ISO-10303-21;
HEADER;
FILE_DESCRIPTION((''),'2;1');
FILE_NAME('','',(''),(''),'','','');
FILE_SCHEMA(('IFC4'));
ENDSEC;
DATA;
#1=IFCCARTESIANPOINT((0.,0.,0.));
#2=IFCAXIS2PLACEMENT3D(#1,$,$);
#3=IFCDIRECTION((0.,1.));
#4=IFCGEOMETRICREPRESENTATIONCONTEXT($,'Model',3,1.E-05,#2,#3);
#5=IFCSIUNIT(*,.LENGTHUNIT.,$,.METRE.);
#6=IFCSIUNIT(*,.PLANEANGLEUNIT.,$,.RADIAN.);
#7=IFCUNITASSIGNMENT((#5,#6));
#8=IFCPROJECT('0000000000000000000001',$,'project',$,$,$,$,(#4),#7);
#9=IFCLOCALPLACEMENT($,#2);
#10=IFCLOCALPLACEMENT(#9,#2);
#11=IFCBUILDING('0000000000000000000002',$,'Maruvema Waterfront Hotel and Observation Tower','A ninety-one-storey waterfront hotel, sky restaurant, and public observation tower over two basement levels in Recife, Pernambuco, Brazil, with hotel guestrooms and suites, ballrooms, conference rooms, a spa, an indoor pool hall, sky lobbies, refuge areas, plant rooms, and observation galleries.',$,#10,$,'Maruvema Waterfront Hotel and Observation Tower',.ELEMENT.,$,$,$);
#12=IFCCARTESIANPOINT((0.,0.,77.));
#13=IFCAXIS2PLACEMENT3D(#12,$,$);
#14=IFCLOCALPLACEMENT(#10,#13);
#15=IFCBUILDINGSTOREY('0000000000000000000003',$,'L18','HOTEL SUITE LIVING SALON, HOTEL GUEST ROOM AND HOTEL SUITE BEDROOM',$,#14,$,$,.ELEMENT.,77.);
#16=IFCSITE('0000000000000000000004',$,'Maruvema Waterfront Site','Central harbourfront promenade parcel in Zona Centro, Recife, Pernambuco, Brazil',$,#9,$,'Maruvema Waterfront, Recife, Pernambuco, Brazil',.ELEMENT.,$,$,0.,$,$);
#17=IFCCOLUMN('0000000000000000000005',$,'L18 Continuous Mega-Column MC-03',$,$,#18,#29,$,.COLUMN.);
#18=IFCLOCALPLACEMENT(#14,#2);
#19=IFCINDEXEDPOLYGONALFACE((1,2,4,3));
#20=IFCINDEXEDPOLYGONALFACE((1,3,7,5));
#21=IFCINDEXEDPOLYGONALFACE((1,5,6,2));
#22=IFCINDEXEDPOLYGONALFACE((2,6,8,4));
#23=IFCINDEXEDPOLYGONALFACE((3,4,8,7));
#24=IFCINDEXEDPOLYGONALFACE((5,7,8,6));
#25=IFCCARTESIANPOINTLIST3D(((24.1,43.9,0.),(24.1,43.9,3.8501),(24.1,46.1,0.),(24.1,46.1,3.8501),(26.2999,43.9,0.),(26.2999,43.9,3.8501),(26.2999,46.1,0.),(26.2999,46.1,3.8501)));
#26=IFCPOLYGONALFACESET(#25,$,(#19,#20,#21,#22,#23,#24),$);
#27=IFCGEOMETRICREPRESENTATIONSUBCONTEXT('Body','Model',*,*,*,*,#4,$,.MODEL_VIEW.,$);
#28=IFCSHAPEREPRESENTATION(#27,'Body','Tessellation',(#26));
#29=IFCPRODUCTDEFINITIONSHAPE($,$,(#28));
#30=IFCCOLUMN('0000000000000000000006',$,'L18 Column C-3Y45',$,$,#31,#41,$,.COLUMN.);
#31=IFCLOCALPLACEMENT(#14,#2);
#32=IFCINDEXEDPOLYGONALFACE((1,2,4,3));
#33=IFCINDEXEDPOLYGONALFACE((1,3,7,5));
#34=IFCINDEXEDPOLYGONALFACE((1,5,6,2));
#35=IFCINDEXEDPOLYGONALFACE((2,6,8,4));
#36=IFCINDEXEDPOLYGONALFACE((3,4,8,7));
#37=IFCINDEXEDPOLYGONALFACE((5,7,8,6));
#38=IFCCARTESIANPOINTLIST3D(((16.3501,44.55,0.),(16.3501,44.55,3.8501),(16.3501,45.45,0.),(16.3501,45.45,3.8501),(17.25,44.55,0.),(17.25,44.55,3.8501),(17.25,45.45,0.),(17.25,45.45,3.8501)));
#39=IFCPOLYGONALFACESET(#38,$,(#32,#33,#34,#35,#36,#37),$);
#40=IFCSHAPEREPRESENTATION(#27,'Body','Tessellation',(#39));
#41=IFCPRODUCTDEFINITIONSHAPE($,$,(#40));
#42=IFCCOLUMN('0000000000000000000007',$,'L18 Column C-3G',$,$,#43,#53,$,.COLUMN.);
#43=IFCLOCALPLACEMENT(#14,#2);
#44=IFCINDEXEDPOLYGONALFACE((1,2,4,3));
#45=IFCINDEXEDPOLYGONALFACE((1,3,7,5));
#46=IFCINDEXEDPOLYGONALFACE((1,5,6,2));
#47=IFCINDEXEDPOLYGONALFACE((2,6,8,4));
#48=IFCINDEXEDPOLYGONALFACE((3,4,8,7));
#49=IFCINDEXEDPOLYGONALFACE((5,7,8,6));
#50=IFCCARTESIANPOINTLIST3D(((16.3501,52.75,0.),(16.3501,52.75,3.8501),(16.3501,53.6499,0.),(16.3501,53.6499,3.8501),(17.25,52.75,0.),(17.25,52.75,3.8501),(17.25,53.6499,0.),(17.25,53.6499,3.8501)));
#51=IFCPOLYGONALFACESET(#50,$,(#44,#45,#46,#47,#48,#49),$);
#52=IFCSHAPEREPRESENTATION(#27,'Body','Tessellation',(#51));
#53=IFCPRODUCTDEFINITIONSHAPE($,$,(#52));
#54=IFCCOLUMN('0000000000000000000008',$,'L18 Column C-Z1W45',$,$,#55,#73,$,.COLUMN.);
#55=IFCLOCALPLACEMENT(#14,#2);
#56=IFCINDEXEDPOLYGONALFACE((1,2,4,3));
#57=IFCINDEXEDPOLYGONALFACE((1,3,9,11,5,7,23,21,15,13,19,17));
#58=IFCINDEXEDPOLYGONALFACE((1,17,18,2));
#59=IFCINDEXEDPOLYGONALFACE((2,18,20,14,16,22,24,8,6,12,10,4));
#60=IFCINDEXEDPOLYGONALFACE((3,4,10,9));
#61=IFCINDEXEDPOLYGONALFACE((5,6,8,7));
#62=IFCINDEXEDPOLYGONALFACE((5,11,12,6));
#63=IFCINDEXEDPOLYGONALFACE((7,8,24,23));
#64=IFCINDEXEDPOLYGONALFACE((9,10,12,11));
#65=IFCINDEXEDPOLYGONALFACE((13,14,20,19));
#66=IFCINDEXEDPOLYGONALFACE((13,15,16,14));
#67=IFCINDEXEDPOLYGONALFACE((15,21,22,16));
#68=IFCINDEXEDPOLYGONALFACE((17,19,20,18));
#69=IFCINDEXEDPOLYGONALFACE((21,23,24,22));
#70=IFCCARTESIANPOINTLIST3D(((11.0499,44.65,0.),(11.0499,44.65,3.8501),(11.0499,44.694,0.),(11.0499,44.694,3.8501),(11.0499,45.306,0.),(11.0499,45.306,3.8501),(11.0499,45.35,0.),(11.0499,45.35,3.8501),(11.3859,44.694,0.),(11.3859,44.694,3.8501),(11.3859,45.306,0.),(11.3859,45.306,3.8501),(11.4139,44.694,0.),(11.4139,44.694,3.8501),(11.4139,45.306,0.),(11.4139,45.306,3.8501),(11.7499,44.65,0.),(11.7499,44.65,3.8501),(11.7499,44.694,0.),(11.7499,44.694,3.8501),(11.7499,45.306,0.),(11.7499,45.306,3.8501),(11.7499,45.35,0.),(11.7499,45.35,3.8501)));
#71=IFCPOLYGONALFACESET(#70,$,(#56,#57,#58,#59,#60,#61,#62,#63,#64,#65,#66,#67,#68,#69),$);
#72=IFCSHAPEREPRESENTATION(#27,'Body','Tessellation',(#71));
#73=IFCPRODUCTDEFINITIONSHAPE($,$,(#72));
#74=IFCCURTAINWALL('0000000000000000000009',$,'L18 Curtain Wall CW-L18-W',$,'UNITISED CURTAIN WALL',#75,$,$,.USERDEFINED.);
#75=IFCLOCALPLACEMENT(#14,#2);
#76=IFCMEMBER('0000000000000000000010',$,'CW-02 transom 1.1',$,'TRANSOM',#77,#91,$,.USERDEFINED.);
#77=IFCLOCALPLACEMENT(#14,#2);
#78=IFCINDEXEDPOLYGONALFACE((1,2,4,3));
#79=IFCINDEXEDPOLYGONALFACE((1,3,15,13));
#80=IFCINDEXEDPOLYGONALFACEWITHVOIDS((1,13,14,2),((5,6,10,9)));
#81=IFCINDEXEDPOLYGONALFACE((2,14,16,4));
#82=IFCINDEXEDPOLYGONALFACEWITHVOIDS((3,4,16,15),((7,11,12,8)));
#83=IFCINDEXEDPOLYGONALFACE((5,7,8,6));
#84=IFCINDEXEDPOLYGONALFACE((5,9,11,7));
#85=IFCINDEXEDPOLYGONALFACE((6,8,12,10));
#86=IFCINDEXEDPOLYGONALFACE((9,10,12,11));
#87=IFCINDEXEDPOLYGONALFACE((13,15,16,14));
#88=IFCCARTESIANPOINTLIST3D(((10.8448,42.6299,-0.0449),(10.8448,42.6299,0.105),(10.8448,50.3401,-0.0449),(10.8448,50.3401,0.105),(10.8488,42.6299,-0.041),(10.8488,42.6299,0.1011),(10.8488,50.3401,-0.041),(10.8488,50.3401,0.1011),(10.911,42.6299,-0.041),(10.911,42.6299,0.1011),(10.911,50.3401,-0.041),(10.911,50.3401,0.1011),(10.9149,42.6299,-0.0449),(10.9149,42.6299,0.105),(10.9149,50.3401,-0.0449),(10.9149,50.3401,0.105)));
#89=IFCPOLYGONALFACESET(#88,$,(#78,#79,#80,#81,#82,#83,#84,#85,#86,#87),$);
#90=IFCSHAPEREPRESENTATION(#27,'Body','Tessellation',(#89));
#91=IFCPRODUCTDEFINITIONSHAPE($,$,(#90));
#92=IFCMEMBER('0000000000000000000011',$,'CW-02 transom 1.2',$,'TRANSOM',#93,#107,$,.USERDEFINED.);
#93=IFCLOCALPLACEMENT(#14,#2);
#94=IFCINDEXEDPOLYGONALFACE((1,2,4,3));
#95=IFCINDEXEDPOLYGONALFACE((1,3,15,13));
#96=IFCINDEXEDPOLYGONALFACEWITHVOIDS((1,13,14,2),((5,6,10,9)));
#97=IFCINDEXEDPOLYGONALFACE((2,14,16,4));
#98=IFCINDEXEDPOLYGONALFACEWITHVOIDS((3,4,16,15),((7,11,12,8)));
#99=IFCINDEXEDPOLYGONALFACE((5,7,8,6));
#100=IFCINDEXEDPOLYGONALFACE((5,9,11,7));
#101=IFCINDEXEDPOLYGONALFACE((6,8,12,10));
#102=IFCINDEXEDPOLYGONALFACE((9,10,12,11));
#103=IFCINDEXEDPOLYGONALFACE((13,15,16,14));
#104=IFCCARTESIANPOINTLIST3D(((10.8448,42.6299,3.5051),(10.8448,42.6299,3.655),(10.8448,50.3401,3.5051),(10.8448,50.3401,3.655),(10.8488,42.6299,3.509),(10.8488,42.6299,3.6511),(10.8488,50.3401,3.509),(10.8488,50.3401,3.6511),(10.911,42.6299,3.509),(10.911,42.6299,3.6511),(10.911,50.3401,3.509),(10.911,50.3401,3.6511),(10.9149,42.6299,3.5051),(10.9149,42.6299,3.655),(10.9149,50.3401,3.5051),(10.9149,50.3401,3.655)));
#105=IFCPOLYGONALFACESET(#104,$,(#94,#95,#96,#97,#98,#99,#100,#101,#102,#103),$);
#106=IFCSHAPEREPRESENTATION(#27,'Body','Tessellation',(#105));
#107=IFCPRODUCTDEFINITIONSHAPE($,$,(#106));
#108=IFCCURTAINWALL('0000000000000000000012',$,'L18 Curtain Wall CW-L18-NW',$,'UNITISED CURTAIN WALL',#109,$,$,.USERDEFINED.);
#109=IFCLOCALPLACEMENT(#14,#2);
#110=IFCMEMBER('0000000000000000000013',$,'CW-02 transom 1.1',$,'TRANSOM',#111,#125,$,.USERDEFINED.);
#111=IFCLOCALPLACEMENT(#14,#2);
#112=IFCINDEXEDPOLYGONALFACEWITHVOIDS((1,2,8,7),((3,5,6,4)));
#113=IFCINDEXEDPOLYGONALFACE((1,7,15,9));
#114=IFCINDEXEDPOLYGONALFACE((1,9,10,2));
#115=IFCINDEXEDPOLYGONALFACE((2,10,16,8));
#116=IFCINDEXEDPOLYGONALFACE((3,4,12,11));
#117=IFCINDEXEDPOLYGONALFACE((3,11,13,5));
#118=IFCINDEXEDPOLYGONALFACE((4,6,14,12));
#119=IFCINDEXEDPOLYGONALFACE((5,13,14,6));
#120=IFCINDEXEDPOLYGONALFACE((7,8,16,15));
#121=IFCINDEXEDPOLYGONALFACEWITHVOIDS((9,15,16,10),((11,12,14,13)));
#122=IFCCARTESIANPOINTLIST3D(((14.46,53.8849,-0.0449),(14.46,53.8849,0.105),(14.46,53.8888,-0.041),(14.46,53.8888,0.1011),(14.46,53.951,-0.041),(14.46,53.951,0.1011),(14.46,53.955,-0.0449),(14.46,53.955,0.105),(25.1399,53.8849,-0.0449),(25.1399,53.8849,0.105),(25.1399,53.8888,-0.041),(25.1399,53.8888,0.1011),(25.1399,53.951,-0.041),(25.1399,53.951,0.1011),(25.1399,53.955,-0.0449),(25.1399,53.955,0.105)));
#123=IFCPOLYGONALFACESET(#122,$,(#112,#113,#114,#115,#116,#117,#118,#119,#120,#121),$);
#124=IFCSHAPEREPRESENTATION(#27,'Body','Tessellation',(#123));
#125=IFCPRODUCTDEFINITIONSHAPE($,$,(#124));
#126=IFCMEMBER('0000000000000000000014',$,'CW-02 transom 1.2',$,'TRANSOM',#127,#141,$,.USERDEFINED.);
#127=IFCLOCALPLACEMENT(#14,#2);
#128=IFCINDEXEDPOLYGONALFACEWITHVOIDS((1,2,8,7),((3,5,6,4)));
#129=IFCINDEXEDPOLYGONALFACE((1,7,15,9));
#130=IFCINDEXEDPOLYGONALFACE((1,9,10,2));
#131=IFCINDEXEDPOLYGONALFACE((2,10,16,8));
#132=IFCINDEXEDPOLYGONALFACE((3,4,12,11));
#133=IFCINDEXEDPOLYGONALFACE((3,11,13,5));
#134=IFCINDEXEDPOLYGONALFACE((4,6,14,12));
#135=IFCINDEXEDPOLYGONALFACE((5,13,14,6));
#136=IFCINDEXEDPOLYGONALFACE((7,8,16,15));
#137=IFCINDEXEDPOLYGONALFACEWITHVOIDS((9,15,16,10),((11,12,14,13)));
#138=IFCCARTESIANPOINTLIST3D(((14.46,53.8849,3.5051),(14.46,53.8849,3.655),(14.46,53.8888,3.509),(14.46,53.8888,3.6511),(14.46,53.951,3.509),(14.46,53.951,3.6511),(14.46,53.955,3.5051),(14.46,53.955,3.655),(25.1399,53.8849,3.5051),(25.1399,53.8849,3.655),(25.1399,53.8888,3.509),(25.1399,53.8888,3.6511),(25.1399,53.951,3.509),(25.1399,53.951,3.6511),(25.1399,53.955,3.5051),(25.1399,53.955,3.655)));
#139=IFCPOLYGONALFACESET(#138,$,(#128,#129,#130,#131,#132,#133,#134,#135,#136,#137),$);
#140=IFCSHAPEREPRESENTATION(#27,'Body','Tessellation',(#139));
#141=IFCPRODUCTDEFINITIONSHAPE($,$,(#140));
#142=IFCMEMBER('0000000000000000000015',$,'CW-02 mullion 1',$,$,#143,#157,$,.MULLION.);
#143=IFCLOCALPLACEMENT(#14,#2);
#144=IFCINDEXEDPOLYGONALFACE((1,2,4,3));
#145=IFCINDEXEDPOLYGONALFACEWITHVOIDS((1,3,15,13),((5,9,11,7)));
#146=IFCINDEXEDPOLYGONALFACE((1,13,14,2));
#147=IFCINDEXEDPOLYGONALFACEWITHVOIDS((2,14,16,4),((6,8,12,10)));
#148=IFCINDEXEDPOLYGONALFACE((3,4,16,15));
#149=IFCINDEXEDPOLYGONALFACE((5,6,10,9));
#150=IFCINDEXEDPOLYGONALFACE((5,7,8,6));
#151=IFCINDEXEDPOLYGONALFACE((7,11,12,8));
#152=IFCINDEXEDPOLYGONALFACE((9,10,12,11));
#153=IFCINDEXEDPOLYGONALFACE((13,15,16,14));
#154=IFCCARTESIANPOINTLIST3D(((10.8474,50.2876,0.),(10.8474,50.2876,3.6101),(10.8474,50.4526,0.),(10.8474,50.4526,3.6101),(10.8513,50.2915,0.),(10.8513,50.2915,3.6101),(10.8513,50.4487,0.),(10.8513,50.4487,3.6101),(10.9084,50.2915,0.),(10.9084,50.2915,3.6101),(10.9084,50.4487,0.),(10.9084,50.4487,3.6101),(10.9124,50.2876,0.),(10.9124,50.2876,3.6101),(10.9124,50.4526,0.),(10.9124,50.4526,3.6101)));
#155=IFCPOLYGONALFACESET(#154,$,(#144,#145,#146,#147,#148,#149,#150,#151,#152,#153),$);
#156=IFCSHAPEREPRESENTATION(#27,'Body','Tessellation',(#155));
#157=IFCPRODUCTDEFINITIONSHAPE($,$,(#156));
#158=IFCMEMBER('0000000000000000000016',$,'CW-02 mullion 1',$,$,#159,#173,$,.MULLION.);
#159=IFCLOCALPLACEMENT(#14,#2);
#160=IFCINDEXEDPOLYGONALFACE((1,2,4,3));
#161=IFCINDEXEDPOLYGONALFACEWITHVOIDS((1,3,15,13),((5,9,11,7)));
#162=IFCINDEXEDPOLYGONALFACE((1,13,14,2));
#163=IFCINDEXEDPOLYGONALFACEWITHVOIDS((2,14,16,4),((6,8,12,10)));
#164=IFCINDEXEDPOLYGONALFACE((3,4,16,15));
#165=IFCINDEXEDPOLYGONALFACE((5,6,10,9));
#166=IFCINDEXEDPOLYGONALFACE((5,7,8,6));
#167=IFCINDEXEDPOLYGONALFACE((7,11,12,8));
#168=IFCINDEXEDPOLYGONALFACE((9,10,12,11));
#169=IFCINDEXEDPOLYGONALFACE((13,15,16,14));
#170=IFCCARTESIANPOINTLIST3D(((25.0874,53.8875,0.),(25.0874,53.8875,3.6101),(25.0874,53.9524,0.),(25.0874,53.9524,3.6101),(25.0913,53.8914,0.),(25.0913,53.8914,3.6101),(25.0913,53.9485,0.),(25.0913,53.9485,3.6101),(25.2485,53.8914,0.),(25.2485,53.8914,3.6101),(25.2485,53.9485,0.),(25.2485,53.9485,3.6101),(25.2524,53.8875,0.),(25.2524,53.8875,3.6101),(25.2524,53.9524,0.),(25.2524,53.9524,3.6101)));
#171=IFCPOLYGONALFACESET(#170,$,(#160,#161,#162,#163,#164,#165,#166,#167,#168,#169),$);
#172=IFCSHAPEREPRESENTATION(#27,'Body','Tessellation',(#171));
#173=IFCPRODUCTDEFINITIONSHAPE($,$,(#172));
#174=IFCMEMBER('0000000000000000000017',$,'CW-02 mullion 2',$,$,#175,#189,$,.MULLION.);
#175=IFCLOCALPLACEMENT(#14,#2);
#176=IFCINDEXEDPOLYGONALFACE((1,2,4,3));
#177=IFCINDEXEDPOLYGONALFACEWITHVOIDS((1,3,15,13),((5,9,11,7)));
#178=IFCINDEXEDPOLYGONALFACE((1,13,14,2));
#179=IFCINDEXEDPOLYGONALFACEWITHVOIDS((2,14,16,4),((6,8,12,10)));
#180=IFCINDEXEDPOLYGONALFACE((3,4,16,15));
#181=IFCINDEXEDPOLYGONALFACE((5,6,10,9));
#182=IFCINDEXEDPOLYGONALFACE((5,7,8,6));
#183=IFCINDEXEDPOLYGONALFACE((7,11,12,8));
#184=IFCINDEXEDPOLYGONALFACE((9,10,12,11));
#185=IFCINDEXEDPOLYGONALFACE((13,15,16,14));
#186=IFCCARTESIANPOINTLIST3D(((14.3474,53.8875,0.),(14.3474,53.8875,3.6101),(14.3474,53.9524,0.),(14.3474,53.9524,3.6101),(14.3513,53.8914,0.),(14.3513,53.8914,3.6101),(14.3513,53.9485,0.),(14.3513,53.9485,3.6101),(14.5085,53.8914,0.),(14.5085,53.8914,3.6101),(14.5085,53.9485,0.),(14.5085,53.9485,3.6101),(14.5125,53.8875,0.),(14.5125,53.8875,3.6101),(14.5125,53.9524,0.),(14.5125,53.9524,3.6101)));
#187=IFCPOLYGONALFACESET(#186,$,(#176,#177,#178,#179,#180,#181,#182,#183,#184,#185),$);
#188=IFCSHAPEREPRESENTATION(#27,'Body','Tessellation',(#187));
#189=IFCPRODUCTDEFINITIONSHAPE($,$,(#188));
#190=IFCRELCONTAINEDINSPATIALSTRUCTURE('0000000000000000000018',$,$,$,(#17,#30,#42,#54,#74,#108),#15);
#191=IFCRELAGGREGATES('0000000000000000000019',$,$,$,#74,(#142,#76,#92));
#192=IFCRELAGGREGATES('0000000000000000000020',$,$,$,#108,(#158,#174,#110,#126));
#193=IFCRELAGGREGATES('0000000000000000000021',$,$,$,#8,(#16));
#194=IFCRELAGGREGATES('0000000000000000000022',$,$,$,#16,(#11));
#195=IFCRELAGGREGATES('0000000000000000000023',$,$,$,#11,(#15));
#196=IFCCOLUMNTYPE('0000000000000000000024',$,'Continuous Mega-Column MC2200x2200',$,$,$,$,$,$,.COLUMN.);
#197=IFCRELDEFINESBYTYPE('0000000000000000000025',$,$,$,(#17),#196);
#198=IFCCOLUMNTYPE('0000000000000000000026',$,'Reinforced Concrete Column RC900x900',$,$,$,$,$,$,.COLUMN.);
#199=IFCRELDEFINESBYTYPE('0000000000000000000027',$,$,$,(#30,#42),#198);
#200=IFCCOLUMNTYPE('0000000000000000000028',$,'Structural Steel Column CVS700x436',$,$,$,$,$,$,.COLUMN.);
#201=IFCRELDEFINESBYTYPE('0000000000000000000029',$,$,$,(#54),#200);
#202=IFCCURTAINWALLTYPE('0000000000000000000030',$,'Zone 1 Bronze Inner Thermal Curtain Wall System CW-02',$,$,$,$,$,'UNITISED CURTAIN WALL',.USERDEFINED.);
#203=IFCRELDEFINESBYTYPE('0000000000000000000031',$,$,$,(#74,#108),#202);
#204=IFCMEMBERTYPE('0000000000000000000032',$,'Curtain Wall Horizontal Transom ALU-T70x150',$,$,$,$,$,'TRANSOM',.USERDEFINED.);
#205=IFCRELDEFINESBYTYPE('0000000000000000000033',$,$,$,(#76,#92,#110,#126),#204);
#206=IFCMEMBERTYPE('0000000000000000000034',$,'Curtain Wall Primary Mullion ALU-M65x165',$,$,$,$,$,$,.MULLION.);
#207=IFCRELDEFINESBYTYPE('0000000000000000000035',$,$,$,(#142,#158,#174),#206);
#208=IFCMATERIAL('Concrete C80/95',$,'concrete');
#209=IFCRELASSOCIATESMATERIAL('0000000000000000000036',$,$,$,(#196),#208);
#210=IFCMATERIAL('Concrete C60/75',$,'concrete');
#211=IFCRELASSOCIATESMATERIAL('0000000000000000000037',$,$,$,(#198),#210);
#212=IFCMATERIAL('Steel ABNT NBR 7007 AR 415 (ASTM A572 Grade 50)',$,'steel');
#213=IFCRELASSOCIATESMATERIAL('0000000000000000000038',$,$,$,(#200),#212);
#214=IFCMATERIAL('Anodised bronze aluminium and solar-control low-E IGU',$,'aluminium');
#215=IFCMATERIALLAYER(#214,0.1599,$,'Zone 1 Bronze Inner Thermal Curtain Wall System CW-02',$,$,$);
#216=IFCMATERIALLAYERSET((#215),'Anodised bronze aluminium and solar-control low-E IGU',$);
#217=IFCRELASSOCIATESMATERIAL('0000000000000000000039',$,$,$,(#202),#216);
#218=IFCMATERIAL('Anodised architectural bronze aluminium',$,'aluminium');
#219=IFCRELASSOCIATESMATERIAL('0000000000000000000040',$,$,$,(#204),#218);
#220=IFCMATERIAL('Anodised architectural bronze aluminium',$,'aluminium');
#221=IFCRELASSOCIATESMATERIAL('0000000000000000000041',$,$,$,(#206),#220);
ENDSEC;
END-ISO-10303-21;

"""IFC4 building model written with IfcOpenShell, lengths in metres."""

from ifc_helpers import new_model, si_unit, direction, frame, origin, origin_2d, place, context, subcontext, project, spatial, rectangle, hollow_rectangle, i_section, extrude, material, layer, layer_set, material_profile, profile_set, type_object, element, aggregate, save


model = new_model("IFC4")

# Units and contexts
model_context = context("Model", 3, precision=1e-05, world=origin(), true_north=direction((0.0, 1.0)))
body_context = subcontext(model_context, "Body", "Model", "MODEL_VIEW")
ifc_project = project(units=[si_unit("LENGTHUNIT", "METRE"), si_unit("PLANEANGLEUNIT", "RADIAN")], contexts=[model_context])

# Site, building, storey
site_placement = place(None, origin())
site = spatial("IfcSite", under=ifc_project, at=site_placement, Name="Maruvema Waterfront Site", Description="Central harbourfront promenade parcel in Zona Centro, Recife, Pernambuco, Brazil", LongName="Maruvema Waterfront, Recife, Pernambuco, Brazil", CompositionType="ELEMENT", RefElevation=0.0)
building_placement = place(site_placement, origin())
building = spatial("IfcBuilding", under=site, at=building_placement, Name="Maruvema Waterfront Hotel and Observation Tower", Description="A ninety-one-storey waterfront hotel, sky restaurant, and public observation tower over two basement levels in Recife, Pernambuco, Brazil, with hotel guestrooms and suites, ballrooms, conference rooms, a spa, an indoor pool hall, sky lobbies, refuge areas, plant rooms, and observation galleries.", LongName="Maruvema Waterfront Hotel and Observation Tower", CompositionType="ELEMENT")
storey_placement = place(building_placement, frame((0.0, 0.0, 77.0)))
storey = spatial("IfcBuildingStorey", under=building, at=storey_placement, Name="L18", Description="HOTEL SUITE LIVING SALON, HOTEL GUEST ROOM AND HOTEL SUITE BEDROOM", CompositionType="ELEMENT", Elevation=77.0)

# Columns
ifc_material_1 = material(Name="Concrete C80/95", Category="concrete")
ifc_material_profile_1 = material_profile(ifc_material_1, rectangle(XDim=2.2, YDim=2.2, at=origin_2d()), Name="MC2200x2200")
ifc_profile_set_1 = profile_set([ifc_material_profile_1], Name="Concrete C80/95")
column_type_1 = type_object("IfcColumnType", Name="Continuous Mega-Column MC2200x2200", PredefinedType="COLUMN", material=ifc_profile_set_1)
column_1_placement = place(storey_placement, frame((25.2, 45.0, 0.0), z_axis=(0.0, 0.0, 1.0), x_axis=(1.0, 0.0, 0.0)))
element("IfcColumn", 1, at=column_1_placement, inside=storey, type_object=column_type_1, Name="L18 Continuous Mega-Column MC-03", PredefinedType="COLUMN", context=body_context, shape_type="SweptSolid", body=[
    extrude(rectangle(XDim=2.2, YDim=2.2, at=origin_2d()), origin(), (0.0, 0.0, 1.0), 3.8501),
])
ifc_material_2 = material(Name="Concrete C60/75", Category="concrete")
ifc_material_profile_2 = material_profile(ifc_material_2, rectangle(XDim=0.8999, YDim=0.8999, at=origin_2d()), Name="RC900x900")
ifc_profile_set_2 = profile_set([ifc_material_profile_2], Name="Concrete C60/75")
column_type_2 = type_object("IfcColumnType", Name="Reinforced Concrete Column RC900x900", PredefinedType="COLUMN", material=ifc_profile_set_2)
for number, where, z_axis, x_axis, name in (
    (2, (16.8, 45.0, 0.0), (0.0, 0.0, 1.0), (1.0, 0.0, 0.0), "L18 Column C-3Y45"),
    (3, (16.8, 53.2, 0.0), (0.0, 0.0, 1.0), (1.0, 0.0, 0.0), "L18 Column C-3G"),
):
    element("IfcColumn", number, at=place(storey_placement, frame(where, z_axis=z_axis, x_axis=x_axis)), inside=storey, type_object=column_type_2, Name=name, PredefinedType="COLUMN", context=body_context, shape_type="SweptSolid", body=[
        extrude(rectangle(XDim=0.8999, YDim=0.8999, at=origin_2d()), origin(), (0.0, 0.0, 1.0), 3.8501),
    ])
ifc_material_3 = material(Name="Steel ABNT NBR 7007 AR 415 (ASTM A572 Grade 50)", Category="steel")
ifc_material_profile_3 = material_profile(ifc_material_3, i_section(OverallWidth=0.7, OverallDepth=0.7, WebThickness=0.0281, FlangeThickness=0.0439, at=origin_2d()), Name="CVS700x436")
ifc_profile_set_3 = profile_set([ifc_material_profile_3], Name="Steel ABNT NBR 7007 AR 415 (ASTM A572 Grade 50)")
column_type_3 = type_object("IfcColumnType", Name="Structural Steel Column CVS700x436", PredefinedType="COLUMN", material=ifc_profile_set_3)
column_2_placement = place(storey_placement, frame((11.3999, 45.0, 0.0), z_axis=(0.0, 0.0, 1.0), x_axis=(1.0, 0.0, 0.0)))
element("IfcColumn", 4, at=column_2_placement, inside=storey, type_object=column_type_3, Name="L18 Column C-Z1W45", PredefinedType="COLUMN", context=body_context, shape_type="SweptSolid", body=[
    extrude(i_section(OverallWidth=0.7, OverallDepth=0.7, WebThickness=0.0281, FlangeThickness=0.0439, at=origin_2d()), origin(), (0.0, 0.0, 1.0), 3.8501),
])

# Curtain walls, members
ifc_material_4 = material(Name="Anodised bronze aluminium and solar-control low-E IGU", Category="aluminium")
ifc_layer_1 = layer(ifc_material_4, 0.1599, Name="Zone 1 Bronze Inner Thermal Curtain Wall System CW-02")
ifc_layer_set_1 = layer_set([ifc_layer_1], Name="Anodised bronze aluminium and solar-control low-E IGU")
curtain_wall_type = type_object("IfcCurtainWallType", Name="Zone 1 Bronze Inner Thermal Curtain Wall System CW-02", ElementType="UNITISED CURTAIN WALL", PredefinedType="USERDEFINED", material=ifc_layer_set_1)
curtain_wall_1_placement = place(storey_placement, origin())
curtain_wall_1 = element("IfcCurtainWall", 5, at=curtain_wall_1_placement, inside=storey, type_object=curtain_wall_type, Name="L18 Curtain Wall CW-L18-W", ObjectType="UNITISED CURTAIN WALL", PredefinedType="USERDEFINED")
ifc_material_5 = material(Name="Anodised architectural bronze aluminium", Category="aluminium")
ifc_material_profile_4 = material_profile(ifc_material_5, hollow_rectangle(XDim=0.0701, YDim=0.1499, WallThickness=0.0039, at=origin_2d()), Name="ALU-T70x150")
ifc_profile_set_4 = profile_set([ifc_material_profile_4], Name="Anodised architectural bronze aluminium")
member_type_1 = type_object("IfcMemberType", Name="Curtain Wall Horizontal Transom ALU-T70x150", ElementType="TRANSOM", PredefinedType="USERDEFINED", material=ifc_profile_set_4)
member_1_placement = place(storey_placement, frame((10.8799, 50.3401, 0.03), z_axis=(0.0, -1.0, 0.0), x_axis=(1.0, 0.0, 0.0)))
member_1 = element("IfcMember", 6, at=member_1_placement, type_object=member_type_1, Name="CW-02 transom 1.1", ObjectType="TRANSOM", PredefinedType="USERDEFINED", context=body_context, shape_type="SweptSolid", body=[
    extrude(hollow_rectangle(XDim=0.0701, YDim=0.1499, WallThickness=0.0039, at=origin_2d()), origin(), (0.0, 0.0, 1.0), 7.7102),
])
member_2_placement = place(storey_placement, frame((10.8799, 50.3401, 3.5801), z_axis=(0.0, -1.0, 0.0), x_axis=(1.0, 0.0, 0.0)))
member_2 = element("IfcMember", 7, at=member_2_placement, type_object=member_type_1, Name="CW-02 transom 1.2", ObjectType="TRANSOM", PredefinedType="USERDEFINED", context=body_context, shape_type="SweptSolid", body=[
    extrude(hollow_rectangle(XDim=0.0701, YDim=0.1499, WallThickness=0.0039, at=origin_2d()), origin(), (0.0, 0.0, 1.0), 7.7102),
])
curtain_wall_2_placement = place(storey_placement, origin())
curtain_wall_2 = element("IfcCurtainWall", 8, at=curtain_wall_2_placement, inside=storey, type_object=curtain_wall_type, Name="L18 Curtain Wall CW-L18-NW", ObjectType="UNITISED CURTAIN WALL", PredefinedType="USERDEFINED")
member_3_placement = place(storey_placement, frame((25.1399, 53.9199, 0.03), z_axis=(-1.0, 0.0, 0.0), x_axis=(0.0, -1.0, 0.0)))
member_3 = element("IfcMember", 9, at=member_3_placement, type_object=member_type_1, Name="CW-02 transom 1.1", ObjectType="TRANSOM", PredefinedType="USERDEFINED", context=body_context, shape_type="SweptSolid", body=[
    extrude(hollow_rectangle(XDim=0.0701, YDim=0.1499, WallThickness=0.0039, at=origin_2d()), origin(), (0.0, 0.0, 1.0), 10.6799),
])
member_4_placement = place(storey_placement, frame((25.1399, 53.9199, 3.5801), z_axis=(-1.0, 0.0, 0.0), x_axis=(0.0, -1.0, 0.0)))
member_4 = element("IfcMember", 10, at=member_4_placement, type_object=member_type_1, Name="CW-02 transom 1.2", ObjectType="TRANSOM", PredefinedType="USERDEFINED", context=body_context, shape_type="SweptSolid", body=[
    extrude(hollow_rectangle(XDim=0.0701, YDim=0.1499, WallThickness=0.0039, at=origin_2d()), origin(), (0.0, 0.0, 1.0), 10.6799),
])

# Members
ifc_material_6 = material(Name="Anodised architectural bronze aluminium", Category="aluminium")
ifc_material_profile_5 = material_profile(ifc_material_6, hollow_rectangle(XDim=0.0649, YDim=0.165, WallThickness=0.0039, at=origin_2d()), Name="ALU-M65x165")
ifc_profile_set_5 = profile_set([ifc_material_profile_5], Name="Anodised architectural bronze aluminium")
member_type_2 = type_object("IfcMemberType", Name="Curtain Wall Primary Mullion ALU-M65x165", PredefinedType="MULLION", material=ifc_profile_set_5)
member_5_placement = place(storey_placement, frame((10.8799, 50.3701, 0.0), z_axis=(0.0, 0.0, 1.0), x_axis=(1.0, 0.0, 0.0)))
member_5 = element("IfcMember", 11, at=member_5_placement, type_object=member_type_2, Name="CW-02 mullion 1", PredefinedType="MULLION", context=body_context, shape_type="SweptSolid", body=[
    extrude(hollow_rectangle(XDim=0.0649, YDim=0.165, WallThickness=0.0039, at=origin_2d()), origin(), (0.0, 0.0, 1.0), 3.6101),
])
member_6_placement = place(storey_placement, frame((25.1699, 53.9199, 0.0), z_axis=(0.0, 0.0, 1.0), x_axis=(0.0, -1.0, 0.0)))
member_6 = element("IfcMember", 12, at=member_6_placement, type_object=member_type_2, Name="CW-02 mullion 1", PredefinedType="MULLION", context=body_context, shape_type="SweptSolid", body=[
    extrude(hollow_rectangle(XDim=0.0649, YDim=0.165, WallThickness=0.0039, at=origin_2d()), origin(), (0.0, 0.0, 1.0), 3.6101),
])
member_7_placement = place(storey_placement, frame((14.4299, 53.9199, 0.0), z_axis=(0.0, 0.0, 1.0), x_axis=(0.0, -1.0, 0.0)))
member_7 = element("IfcMember", 13, at=member_7_placement, type_object=member_type_2, Name="CW-02 mullion 2", PredefinedType="MULLION", context=body_context, shape_type="SweptSolid", body=[
    extrude(hollow_rectangle(XDim=0.0649, YDim=0.165, WallThickness=0.0039, at=origin_2d()), origin(), (0.0, 0.0, 1.0), 3.6101),
])

aggregate(curtain_wall_1, [member_5, member_1, member_2])
aggregate(curtain_wall_2, [member_6, member_7, member_3, member_4])

save(model, "model.ifc")
